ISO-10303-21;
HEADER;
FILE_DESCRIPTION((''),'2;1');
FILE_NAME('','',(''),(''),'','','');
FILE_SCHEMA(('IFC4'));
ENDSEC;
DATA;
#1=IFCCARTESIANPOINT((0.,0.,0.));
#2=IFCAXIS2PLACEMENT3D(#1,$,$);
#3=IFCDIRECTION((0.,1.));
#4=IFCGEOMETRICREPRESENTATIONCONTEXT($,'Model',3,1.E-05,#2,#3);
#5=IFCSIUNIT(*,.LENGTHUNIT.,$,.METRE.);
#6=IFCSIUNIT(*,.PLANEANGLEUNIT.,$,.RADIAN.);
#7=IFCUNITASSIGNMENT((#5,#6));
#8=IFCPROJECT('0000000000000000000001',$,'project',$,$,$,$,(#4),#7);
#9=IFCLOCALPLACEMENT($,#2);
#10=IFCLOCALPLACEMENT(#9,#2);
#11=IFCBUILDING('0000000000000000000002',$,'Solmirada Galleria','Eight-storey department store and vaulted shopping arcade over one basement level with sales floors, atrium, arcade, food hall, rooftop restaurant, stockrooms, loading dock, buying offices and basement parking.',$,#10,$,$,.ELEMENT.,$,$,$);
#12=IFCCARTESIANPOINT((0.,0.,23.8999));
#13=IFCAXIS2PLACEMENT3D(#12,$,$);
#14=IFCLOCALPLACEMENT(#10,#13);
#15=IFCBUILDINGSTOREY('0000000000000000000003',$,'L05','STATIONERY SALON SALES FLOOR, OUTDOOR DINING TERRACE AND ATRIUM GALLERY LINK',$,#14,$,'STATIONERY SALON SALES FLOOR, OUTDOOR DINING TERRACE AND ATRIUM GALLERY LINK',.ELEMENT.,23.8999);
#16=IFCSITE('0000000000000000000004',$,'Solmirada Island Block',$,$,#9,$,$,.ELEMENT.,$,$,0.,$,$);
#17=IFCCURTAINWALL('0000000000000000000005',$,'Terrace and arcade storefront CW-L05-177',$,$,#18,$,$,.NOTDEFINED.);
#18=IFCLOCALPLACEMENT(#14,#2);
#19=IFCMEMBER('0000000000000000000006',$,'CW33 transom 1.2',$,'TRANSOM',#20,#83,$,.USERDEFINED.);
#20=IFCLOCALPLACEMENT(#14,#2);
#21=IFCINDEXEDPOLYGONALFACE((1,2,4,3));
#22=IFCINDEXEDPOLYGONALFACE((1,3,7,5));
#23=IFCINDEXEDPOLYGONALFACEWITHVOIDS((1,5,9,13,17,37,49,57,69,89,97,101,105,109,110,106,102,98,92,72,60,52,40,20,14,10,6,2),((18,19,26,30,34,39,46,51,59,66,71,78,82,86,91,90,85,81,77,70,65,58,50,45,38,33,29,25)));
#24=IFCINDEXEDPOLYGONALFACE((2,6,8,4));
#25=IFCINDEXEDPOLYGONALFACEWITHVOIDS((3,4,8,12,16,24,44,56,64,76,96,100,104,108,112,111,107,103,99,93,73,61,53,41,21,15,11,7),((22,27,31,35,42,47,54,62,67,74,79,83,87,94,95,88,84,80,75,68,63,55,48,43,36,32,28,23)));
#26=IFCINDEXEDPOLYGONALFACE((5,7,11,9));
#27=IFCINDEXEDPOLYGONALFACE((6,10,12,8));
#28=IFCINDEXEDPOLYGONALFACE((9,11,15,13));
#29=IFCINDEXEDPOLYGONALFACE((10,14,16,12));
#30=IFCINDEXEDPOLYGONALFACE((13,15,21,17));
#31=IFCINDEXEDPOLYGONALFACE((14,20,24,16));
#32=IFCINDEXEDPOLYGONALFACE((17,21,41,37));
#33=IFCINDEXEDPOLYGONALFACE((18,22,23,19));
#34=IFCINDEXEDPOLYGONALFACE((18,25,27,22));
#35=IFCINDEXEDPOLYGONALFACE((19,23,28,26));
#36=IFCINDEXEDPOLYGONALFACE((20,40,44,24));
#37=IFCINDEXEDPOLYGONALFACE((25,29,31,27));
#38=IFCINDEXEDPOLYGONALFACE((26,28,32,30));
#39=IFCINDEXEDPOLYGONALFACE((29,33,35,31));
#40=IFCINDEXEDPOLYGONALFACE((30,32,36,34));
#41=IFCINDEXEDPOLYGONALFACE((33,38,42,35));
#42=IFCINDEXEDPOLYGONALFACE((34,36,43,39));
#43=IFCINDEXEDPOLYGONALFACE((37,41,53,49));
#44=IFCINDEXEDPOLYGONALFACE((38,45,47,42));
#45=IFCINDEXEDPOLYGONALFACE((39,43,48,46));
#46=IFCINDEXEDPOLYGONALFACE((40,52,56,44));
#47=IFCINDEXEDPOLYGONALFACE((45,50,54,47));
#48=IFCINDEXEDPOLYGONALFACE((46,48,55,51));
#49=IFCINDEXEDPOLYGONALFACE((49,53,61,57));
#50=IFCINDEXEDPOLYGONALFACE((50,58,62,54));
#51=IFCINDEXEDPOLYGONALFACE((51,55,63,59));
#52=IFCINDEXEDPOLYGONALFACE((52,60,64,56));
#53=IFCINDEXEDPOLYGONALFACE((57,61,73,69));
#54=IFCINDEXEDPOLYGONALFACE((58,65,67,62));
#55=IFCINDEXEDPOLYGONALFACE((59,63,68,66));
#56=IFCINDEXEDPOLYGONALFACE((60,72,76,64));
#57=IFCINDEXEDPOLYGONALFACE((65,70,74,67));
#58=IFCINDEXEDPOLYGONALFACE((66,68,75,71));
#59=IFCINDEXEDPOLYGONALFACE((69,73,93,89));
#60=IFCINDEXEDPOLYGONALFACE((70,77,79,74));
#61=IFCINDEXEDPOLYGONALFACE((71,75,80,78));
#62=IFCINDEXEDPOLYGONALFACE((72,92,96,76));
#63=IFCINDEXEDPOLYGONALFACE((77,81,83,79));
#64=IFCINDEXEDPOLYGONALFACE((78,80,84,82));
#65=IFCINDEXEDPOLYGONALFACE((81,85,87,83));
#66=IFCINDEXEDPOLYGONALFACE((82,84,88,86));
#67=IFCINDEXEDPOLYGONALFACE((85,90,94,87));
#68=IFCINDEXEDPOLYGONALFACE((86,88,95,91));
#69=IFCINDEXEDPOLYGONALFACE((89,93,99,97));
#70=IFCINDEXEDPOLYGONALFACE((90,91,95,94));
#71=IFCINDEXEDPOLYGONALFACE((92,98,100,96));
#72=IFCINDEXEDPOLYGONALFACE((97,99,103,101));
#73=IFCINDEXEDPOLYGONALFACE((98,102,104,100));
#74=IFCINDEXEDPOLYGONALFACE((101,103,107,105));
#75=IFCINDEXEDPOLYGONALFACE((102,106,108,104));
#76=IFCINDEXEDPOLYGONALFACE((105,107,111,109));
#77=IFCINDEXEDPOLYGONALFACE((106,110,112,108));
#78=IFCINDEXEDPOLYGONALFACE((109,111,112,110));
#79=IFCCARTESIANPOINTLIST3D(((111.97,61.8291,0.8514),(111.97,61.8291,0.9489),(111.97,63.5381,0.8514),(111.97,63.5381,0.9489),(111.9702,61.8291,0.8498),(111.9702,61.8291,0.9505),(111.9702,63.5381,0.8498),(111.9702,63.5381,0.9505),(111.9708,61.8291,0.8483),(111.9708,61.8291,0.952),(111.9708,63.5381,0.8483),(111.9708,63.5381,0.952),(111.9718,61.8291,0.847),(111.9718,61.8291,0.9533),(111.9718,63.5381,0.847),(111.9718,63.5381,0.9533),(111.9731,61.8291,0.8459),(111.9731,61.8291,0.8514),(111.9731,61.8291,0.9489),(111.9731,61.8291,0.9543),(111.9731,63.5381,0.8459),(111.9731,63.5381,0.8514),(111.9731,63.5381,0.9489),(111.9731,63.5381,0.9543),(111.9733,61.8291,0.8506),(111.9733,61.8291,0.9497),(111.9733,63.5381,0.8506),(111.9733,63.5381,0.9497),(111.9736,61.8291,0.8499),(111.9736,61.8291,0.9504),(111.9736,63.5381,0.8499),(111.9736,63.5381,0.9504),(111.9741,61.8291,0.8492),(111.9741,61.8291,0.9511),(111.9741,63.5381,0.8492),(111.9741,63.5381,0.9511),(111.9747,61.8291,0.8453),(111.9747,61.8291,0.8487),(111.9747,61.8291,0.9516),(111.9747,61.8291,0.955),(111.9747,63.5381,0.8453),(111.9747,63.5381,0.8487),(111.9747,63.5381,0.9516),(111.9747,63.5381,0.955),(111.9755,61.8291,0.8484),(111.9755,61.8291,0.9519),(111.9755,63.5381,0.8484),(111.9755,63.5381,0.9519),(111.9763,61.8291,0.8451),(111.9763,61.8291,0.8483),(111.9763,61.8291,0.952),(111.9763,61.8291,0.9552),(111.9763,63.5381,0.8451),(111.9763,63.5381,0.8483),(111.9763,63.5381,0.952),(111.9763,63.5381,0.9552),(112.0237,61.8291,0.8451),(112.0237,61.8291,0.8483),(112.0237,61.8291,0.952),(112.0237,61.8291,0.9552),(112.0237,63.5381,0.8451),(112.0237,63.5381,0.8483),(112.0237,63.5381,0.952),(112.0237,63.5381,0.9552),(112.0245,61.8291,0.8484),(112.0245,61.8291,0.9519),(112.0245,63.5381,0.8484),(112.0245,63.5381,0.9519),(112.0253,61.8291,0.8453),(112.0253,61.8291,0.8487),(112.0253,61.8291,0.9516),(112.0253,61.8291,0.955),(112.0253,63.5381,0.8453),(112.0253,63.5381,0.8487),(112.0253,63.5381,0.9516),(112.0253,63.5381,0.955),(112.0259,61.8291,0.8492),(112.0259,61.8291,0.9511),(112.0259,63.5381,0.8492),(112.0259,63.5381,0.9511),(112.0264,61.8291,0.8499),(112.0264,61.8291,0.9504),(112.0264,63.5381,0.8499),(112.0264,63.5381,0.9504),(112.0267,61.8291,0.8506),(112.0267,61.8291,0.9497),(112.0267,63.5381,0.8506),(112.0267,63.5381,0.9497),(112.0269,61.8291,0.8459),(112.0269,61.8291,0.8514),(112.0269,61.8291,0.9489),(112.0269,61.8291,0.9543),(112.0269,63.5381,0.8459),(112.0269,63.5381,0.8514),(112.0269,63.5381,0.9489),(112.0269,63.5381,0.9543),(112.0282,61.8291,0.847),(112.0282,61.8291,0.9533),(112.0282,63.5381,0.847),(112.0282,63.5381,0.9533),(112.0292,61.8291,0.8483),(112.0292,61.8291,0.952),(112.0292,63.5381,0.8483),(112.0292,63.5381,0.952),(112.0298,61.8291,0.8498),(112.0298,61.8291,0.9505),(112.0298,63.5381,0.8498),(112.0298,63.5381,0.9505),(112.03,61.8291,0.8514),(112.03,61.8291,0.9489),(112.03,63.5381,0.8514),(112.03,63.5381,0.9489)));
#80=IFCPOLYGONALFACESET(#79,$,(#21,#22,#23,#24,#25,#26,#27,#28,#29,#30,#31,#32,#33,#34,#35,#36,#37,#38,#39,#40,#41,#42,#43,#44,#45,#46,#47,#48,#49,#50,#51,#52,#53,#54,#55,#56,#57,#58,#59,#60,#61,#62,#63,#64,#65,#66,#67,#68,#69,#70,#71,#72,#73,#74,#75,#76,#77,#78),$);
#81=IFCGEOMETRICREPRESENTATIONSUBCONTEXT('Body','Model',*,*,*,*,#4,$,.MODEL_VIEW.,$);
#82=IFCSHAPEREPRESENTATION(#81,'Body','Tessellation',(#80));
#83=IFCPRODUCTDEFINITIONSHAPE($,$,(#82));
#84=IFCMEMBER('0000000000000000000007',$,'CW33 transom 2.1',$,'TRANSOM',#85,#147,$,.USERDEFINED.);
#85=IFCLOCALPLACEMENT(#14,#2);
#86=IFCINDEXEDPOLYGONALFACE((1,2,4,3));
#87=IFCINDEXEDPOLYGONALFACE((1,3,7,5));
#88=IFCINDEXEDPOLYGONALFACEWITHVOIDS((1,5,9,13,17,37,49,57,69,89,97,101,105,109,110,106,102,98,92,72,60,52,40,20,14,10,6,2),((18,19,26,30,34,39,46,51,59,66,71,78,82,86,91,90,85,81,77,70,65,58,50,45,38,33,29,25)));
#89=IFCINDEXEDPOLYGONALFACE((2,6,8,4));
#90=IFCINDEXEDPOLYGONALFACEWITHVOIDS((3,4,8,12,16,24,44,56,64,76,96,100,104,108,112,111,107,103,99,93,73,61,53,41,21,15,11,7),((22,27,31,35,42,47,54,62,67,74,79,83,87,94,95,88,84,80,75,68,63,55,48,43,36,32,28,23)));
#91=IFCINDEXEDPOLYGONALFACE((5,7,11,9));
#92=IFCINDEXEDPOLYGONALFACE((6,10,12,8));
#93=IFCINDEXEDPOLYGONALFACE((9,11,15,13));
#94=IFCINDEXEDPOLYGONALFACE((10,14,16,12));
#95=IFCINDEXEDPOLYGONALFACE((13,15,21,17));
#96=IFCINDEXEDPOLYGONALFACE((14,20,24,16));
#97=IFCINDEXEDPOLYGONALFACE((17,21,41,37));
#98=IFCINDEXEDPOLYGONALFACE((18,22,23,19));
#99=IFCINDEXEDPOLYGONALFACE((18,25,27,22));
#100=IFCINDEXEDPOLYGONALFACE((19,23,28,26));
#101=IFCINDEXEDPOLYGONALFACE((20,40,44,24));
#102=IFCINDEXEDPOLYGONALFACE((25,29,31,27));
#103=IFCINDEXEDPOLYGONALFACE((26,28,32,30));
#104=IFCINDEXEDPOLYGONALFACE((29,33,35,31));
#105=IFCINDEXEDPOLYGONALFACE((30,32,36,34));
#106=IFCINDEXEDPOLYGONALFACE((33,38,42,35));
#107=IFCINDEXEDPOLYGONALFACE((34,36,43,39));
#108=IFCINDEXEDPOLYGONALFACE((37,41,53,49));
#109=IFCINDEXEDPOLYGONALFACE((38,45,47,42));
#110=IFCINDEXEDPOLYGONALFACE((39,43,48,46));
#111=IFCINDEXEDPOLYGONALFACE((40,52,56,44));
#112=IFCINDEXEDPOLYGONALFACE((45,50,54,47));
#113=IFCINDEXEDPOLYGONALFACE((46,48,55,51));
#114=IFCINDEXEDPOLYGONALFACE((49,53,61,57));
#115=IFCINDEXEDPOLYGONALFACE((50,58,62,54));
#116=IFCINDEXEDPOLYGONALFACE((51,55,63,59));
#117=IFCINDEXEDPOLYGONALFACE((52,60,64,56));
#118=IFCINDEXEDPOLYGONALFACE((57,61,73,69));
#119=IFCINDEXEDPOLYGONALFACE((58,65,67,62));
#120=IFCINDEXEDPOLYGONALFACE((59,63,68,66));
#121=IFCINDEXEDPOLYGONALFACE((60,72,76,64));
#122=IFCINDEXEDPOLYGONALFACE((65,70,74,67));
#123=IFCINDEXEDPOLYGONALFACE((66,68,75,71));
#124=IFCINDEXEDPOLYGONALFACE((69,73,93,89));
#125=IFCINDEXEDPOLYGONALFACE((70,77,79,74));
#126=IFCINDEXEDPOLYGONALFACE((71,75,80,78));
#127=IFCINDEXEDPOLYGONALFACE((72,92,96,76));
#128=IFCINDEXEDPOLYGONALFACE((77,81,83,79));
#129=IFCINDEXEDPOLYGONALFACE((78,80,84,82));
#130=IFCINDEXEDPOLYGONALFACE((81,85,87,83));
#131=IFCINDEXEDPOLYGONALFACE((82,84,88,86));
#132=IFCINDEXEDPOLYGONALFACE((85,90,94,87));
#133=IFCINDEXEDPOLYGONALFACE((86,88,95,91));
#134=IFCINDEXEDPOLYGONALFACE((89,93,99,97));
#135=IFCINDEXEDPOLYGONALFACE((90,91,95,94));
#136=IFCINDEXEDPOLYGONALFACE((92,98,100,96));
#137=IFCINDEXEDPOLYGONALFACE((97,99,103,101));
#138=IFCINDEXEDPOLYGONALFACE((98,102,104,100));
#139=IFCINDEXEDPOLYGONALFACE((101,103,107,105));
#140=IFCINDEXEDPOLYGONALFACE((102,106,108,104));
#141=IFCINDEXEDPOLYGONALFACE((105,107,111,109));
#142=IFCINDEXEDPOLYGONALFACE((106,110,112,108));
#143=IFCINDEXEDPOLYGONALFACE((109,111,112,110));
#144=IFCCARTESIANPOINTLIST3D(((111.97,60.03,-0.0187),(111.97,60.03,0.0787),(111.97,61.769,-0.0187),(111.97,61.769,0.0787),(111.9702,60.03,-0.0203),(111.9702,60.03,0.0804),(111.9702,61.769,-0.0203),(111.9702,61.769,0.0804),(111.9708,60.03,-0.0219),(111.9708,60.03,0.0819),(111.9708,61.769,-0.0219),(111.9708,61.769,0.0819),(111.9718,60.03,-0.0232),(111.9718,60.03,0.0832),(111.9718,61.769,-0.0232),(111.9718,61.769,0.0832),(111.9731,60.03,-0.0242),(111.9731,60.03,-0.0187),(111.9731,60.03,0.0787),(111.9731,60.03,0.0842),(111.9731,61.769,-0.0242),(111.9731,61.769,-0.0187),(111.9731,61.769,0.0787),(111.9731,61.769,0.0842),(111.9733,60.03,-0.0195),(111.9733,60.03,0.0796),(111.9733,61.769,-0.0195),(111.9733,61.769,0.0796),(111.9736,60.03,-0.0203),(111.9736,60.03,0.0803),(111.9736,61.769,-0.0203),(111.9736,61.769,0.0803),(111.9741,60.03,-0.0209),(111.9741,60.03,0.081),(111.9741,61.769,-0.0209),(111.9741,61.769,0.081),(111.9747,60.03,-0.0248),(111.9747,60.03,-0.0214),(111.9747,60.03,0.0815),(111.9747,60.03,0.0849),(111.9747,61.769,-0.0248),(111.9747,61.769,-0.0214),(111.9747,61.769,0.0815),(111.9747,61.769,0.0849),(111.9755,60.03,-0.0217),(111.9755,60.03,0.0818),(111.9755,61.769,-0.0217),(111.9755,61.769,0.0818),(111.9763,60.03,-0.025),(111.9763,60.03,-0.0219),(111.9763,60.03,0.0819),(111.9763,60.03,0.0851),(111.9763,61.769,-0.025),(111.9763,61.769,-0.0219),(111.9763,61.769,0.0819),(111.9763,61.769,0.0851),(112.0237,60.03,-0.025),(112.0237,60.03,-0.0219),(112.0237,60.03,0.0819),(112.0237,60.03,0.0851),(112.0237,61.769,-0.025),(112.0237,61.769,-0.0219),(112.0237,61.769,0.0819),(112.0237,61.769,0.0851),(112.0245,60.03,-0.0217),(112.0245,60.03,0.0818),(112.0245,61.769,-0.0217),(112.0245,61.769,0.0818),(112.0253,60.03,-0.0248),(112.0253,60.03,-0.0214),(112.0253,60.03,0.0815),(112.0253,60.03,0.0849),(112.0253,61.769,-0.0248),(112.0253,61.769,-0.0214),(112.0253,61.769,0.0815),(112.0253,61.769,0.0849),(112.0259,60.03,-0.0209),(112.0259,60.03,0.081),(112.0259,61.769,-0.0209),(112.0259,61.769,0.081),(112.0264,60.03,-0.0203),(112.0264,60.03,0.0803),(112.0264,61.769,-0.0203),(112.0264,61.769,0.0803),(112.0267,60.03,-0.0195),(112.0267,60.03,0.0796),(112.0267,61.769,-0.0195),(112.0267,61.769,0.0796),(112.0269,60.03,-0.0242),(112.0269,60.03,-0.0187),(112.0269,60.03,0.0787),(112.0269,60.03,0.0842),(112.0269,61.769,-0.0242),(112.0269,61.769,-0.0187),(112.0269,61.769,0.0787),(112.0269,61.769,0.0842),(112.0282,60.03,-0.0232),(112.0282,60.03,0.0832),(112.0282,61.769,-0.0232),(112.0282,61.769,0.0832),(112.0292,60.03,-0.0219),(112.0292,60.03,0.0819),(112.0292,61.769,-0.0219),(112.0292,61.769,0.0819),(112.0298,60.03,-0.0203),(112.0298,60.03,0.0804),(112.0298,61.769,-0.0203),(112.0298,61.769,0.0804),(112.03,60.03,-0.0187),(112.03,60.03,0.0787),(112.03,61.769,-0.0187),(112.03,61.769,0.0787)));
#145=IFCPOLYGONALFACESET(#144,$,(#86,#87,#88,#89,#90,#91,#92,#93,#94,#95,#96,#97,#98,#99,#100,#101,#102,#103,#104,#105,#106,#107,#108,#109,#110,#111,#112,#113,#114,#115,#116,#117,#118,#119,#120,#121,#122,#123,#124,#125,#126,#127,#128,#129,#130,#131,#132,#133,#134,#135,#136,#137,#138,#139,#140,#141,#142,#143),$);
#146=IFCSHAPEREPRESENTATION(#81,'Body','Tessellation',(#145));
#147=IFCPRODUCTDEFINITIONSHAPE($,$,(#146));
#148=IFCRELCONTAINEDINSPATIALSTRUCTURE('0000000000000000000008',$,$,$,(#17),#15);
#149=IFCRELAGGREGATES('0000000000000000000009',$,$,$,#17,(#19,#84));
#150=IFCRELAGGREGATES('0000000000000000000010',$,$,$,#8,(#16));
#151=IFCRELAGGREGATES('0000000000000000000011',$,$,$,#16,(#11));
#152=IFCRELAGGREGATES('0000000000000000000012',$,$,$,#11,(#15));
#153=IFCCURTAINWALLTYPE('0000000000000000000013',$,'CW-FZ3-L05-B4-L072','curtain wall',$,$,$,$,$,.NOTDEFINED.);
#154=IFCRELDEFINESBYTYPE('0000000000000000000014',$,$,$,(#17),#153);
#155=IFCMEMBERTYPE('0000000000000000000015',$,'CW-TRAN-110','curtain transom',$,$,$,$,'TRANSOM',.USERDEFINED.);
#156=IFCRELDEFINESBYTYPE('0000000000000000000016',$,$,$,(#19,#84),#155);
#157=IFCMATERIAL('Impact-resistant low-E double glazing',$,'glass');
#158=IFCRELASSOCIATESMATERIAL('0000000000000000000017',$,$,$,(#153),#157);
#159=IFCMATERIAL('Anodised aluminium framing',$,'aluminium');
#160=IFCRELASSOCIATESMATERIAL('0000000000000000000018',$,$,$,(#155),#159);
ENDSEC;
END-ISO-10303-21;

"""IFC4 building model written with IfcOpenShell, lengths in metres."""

from ifc_helpers import new_model, si_unit, direction, frame, origin, origin_2d, place, context, subcontext, project, spatial, hollow_rectangle, extrude, material, material_profile, profile_set, type_object, element, aggregate, save


model = new_model("IFC4")

# Units and contexts
model_context = context("Model", 3, precision=1e-05, world=origin(), true_north=direction((0.0, 1.0)))
body_context = subcontext(model_context, "Body", "Model", "MODEL_VIEW")
ifc_project = project(units=[si_unit("LENGTHUNIT", "METRE"), si_unit("PLANEANGLEUNIT", "RADIAN")], contexts=[model_context])

# Site, building, storey
site_placement = place(None, origin())
site = spatial("IfcSite", under=ifc_project, at=site_placement, Name="Solmirada Island Block", CompositionType="ELEMENT", RefElevation=0.0)
building_placement = place(site_placement, origin())
building = spatial("IfcBuilding", under=site, at=building_placement, Name="Solmirada Galleria", Description="Eight-storey department store and vaulted shopping arcade over one basement level with sales floors, atrium, arcade, food hall, rooftop restaurant, stockrooms, loading dock, buying offices and basement parking.", CompositionType="ELEMENT")
storey_placement = place(building_placement, frame((0.0, 0.0, 23.8999)))
storey = spatial("IfcBuildingStorey", under=building, at=storey_placement, Name="L05", Description="STATIONERY SALON SALES FLOOR, OUTDOOR DINING TERRACE AND ATRIUM GALLERY LINK", LongName="STATIONERY SALON SALES FLOOR, OUTDOOR DINING TERRACE AND ATRIUM GALLERY LINK", CompositionType="ELEMENT", Elevation=23.8999)

# Curtain wall, members
ifc_material_1 = material(Name="Impact-resistant low-E double glazing", Category="glass")
curtain_wall_type = type_object("IfcCurtainWallType", Name="CW-FZ3-L05-B4-L072", Description="curtain wall", PredefinedType="NOTDEFINED", material=ifc_material_1)
curtain_wall_placement = place(storey_placement, origin())
curtain_wall = element("IfcCurtainWall", 1, at=curtain_wall_placement, inside=storey, type_object=curtain_wall_type, Name="Terrace and arcade storefront CW-L05-177", PredefinedType="NOTDEFINED")
ifc_material_2 = material(Name="Anodised aluminium framing", Category="aluminium")
ifc_material_profile_1 = material_profile(ifc_material_2, hollow_rectangle(XDim=0.0601, YDim=0.1101, WallThickness=0.0032, InnerFilletRadius=0.0032, OuterFilletRadius=0.0063, at=origin_2d()), Name="ALU-TRAN-110X60")
ifc_profile_set_1 = profile_set([ifc_material_profile_1], Name="Anodised aluminium framing")
member_type_1 = type_object("IfcMemberType", Name="CW-TRAN-110", Description="curtain transom", ElementType="TRANSOM", PredefinedType="USERDEFINED", material=ifc_profile_set_1)
member_1_placement = place(storey_placement, frame((112.0, 63.5381, 0.9001), z_axis=(0.0, -1.0, 0.0), x_axis=(1.0, 0.0, 0.0)))
member_1 = element("IfcMember", 2, at=member_1_placement, type_object=member_type_1, Name="CW33 transom 1.2", ObjectType="TRANSOM", PredefinedType="USERDEFINED", context=body_context, shape_type="SweptSolid", body=[
    extrude(hollow_rectangle(XDim=0.0601, YDim=0.1101, WallThickness=0.0032, InnerFilletRadius=0.0032, OuterFilletRadius=0.0063, at=origin_2d()), origin(), (0.0, 0.0, 1.0), 1.709),
])
member_2_placement = place(storey_placement, frame((112.0, 61.769, 0.03), z_axis=(0.0, -1.0, 0.0), x_axis=(1.0, 0.0, 0.0)))
member_2 = element("IfcMember", 3, at=member_2_placement, type_object=member_type_1, Name="CW33 transom 2.1", ObjectType="TRANSOM", PredefinedType="USERDEFINED", context=body_context, shape_type="SweptSolid", body=[
    extrude(hollow_rectangle(XDim=0.0601, YDim=0.1101, WallThickness=0.0032, InnerFilletRadius=0.0032, OuterFilletRadius=0.0063, at=origin_2d()), origin(), (0.0, 0.0, 1.0), 1.739),
])
aggregate(curtain_wall, [member_1, member_2])

save(model, "model.ifc")
